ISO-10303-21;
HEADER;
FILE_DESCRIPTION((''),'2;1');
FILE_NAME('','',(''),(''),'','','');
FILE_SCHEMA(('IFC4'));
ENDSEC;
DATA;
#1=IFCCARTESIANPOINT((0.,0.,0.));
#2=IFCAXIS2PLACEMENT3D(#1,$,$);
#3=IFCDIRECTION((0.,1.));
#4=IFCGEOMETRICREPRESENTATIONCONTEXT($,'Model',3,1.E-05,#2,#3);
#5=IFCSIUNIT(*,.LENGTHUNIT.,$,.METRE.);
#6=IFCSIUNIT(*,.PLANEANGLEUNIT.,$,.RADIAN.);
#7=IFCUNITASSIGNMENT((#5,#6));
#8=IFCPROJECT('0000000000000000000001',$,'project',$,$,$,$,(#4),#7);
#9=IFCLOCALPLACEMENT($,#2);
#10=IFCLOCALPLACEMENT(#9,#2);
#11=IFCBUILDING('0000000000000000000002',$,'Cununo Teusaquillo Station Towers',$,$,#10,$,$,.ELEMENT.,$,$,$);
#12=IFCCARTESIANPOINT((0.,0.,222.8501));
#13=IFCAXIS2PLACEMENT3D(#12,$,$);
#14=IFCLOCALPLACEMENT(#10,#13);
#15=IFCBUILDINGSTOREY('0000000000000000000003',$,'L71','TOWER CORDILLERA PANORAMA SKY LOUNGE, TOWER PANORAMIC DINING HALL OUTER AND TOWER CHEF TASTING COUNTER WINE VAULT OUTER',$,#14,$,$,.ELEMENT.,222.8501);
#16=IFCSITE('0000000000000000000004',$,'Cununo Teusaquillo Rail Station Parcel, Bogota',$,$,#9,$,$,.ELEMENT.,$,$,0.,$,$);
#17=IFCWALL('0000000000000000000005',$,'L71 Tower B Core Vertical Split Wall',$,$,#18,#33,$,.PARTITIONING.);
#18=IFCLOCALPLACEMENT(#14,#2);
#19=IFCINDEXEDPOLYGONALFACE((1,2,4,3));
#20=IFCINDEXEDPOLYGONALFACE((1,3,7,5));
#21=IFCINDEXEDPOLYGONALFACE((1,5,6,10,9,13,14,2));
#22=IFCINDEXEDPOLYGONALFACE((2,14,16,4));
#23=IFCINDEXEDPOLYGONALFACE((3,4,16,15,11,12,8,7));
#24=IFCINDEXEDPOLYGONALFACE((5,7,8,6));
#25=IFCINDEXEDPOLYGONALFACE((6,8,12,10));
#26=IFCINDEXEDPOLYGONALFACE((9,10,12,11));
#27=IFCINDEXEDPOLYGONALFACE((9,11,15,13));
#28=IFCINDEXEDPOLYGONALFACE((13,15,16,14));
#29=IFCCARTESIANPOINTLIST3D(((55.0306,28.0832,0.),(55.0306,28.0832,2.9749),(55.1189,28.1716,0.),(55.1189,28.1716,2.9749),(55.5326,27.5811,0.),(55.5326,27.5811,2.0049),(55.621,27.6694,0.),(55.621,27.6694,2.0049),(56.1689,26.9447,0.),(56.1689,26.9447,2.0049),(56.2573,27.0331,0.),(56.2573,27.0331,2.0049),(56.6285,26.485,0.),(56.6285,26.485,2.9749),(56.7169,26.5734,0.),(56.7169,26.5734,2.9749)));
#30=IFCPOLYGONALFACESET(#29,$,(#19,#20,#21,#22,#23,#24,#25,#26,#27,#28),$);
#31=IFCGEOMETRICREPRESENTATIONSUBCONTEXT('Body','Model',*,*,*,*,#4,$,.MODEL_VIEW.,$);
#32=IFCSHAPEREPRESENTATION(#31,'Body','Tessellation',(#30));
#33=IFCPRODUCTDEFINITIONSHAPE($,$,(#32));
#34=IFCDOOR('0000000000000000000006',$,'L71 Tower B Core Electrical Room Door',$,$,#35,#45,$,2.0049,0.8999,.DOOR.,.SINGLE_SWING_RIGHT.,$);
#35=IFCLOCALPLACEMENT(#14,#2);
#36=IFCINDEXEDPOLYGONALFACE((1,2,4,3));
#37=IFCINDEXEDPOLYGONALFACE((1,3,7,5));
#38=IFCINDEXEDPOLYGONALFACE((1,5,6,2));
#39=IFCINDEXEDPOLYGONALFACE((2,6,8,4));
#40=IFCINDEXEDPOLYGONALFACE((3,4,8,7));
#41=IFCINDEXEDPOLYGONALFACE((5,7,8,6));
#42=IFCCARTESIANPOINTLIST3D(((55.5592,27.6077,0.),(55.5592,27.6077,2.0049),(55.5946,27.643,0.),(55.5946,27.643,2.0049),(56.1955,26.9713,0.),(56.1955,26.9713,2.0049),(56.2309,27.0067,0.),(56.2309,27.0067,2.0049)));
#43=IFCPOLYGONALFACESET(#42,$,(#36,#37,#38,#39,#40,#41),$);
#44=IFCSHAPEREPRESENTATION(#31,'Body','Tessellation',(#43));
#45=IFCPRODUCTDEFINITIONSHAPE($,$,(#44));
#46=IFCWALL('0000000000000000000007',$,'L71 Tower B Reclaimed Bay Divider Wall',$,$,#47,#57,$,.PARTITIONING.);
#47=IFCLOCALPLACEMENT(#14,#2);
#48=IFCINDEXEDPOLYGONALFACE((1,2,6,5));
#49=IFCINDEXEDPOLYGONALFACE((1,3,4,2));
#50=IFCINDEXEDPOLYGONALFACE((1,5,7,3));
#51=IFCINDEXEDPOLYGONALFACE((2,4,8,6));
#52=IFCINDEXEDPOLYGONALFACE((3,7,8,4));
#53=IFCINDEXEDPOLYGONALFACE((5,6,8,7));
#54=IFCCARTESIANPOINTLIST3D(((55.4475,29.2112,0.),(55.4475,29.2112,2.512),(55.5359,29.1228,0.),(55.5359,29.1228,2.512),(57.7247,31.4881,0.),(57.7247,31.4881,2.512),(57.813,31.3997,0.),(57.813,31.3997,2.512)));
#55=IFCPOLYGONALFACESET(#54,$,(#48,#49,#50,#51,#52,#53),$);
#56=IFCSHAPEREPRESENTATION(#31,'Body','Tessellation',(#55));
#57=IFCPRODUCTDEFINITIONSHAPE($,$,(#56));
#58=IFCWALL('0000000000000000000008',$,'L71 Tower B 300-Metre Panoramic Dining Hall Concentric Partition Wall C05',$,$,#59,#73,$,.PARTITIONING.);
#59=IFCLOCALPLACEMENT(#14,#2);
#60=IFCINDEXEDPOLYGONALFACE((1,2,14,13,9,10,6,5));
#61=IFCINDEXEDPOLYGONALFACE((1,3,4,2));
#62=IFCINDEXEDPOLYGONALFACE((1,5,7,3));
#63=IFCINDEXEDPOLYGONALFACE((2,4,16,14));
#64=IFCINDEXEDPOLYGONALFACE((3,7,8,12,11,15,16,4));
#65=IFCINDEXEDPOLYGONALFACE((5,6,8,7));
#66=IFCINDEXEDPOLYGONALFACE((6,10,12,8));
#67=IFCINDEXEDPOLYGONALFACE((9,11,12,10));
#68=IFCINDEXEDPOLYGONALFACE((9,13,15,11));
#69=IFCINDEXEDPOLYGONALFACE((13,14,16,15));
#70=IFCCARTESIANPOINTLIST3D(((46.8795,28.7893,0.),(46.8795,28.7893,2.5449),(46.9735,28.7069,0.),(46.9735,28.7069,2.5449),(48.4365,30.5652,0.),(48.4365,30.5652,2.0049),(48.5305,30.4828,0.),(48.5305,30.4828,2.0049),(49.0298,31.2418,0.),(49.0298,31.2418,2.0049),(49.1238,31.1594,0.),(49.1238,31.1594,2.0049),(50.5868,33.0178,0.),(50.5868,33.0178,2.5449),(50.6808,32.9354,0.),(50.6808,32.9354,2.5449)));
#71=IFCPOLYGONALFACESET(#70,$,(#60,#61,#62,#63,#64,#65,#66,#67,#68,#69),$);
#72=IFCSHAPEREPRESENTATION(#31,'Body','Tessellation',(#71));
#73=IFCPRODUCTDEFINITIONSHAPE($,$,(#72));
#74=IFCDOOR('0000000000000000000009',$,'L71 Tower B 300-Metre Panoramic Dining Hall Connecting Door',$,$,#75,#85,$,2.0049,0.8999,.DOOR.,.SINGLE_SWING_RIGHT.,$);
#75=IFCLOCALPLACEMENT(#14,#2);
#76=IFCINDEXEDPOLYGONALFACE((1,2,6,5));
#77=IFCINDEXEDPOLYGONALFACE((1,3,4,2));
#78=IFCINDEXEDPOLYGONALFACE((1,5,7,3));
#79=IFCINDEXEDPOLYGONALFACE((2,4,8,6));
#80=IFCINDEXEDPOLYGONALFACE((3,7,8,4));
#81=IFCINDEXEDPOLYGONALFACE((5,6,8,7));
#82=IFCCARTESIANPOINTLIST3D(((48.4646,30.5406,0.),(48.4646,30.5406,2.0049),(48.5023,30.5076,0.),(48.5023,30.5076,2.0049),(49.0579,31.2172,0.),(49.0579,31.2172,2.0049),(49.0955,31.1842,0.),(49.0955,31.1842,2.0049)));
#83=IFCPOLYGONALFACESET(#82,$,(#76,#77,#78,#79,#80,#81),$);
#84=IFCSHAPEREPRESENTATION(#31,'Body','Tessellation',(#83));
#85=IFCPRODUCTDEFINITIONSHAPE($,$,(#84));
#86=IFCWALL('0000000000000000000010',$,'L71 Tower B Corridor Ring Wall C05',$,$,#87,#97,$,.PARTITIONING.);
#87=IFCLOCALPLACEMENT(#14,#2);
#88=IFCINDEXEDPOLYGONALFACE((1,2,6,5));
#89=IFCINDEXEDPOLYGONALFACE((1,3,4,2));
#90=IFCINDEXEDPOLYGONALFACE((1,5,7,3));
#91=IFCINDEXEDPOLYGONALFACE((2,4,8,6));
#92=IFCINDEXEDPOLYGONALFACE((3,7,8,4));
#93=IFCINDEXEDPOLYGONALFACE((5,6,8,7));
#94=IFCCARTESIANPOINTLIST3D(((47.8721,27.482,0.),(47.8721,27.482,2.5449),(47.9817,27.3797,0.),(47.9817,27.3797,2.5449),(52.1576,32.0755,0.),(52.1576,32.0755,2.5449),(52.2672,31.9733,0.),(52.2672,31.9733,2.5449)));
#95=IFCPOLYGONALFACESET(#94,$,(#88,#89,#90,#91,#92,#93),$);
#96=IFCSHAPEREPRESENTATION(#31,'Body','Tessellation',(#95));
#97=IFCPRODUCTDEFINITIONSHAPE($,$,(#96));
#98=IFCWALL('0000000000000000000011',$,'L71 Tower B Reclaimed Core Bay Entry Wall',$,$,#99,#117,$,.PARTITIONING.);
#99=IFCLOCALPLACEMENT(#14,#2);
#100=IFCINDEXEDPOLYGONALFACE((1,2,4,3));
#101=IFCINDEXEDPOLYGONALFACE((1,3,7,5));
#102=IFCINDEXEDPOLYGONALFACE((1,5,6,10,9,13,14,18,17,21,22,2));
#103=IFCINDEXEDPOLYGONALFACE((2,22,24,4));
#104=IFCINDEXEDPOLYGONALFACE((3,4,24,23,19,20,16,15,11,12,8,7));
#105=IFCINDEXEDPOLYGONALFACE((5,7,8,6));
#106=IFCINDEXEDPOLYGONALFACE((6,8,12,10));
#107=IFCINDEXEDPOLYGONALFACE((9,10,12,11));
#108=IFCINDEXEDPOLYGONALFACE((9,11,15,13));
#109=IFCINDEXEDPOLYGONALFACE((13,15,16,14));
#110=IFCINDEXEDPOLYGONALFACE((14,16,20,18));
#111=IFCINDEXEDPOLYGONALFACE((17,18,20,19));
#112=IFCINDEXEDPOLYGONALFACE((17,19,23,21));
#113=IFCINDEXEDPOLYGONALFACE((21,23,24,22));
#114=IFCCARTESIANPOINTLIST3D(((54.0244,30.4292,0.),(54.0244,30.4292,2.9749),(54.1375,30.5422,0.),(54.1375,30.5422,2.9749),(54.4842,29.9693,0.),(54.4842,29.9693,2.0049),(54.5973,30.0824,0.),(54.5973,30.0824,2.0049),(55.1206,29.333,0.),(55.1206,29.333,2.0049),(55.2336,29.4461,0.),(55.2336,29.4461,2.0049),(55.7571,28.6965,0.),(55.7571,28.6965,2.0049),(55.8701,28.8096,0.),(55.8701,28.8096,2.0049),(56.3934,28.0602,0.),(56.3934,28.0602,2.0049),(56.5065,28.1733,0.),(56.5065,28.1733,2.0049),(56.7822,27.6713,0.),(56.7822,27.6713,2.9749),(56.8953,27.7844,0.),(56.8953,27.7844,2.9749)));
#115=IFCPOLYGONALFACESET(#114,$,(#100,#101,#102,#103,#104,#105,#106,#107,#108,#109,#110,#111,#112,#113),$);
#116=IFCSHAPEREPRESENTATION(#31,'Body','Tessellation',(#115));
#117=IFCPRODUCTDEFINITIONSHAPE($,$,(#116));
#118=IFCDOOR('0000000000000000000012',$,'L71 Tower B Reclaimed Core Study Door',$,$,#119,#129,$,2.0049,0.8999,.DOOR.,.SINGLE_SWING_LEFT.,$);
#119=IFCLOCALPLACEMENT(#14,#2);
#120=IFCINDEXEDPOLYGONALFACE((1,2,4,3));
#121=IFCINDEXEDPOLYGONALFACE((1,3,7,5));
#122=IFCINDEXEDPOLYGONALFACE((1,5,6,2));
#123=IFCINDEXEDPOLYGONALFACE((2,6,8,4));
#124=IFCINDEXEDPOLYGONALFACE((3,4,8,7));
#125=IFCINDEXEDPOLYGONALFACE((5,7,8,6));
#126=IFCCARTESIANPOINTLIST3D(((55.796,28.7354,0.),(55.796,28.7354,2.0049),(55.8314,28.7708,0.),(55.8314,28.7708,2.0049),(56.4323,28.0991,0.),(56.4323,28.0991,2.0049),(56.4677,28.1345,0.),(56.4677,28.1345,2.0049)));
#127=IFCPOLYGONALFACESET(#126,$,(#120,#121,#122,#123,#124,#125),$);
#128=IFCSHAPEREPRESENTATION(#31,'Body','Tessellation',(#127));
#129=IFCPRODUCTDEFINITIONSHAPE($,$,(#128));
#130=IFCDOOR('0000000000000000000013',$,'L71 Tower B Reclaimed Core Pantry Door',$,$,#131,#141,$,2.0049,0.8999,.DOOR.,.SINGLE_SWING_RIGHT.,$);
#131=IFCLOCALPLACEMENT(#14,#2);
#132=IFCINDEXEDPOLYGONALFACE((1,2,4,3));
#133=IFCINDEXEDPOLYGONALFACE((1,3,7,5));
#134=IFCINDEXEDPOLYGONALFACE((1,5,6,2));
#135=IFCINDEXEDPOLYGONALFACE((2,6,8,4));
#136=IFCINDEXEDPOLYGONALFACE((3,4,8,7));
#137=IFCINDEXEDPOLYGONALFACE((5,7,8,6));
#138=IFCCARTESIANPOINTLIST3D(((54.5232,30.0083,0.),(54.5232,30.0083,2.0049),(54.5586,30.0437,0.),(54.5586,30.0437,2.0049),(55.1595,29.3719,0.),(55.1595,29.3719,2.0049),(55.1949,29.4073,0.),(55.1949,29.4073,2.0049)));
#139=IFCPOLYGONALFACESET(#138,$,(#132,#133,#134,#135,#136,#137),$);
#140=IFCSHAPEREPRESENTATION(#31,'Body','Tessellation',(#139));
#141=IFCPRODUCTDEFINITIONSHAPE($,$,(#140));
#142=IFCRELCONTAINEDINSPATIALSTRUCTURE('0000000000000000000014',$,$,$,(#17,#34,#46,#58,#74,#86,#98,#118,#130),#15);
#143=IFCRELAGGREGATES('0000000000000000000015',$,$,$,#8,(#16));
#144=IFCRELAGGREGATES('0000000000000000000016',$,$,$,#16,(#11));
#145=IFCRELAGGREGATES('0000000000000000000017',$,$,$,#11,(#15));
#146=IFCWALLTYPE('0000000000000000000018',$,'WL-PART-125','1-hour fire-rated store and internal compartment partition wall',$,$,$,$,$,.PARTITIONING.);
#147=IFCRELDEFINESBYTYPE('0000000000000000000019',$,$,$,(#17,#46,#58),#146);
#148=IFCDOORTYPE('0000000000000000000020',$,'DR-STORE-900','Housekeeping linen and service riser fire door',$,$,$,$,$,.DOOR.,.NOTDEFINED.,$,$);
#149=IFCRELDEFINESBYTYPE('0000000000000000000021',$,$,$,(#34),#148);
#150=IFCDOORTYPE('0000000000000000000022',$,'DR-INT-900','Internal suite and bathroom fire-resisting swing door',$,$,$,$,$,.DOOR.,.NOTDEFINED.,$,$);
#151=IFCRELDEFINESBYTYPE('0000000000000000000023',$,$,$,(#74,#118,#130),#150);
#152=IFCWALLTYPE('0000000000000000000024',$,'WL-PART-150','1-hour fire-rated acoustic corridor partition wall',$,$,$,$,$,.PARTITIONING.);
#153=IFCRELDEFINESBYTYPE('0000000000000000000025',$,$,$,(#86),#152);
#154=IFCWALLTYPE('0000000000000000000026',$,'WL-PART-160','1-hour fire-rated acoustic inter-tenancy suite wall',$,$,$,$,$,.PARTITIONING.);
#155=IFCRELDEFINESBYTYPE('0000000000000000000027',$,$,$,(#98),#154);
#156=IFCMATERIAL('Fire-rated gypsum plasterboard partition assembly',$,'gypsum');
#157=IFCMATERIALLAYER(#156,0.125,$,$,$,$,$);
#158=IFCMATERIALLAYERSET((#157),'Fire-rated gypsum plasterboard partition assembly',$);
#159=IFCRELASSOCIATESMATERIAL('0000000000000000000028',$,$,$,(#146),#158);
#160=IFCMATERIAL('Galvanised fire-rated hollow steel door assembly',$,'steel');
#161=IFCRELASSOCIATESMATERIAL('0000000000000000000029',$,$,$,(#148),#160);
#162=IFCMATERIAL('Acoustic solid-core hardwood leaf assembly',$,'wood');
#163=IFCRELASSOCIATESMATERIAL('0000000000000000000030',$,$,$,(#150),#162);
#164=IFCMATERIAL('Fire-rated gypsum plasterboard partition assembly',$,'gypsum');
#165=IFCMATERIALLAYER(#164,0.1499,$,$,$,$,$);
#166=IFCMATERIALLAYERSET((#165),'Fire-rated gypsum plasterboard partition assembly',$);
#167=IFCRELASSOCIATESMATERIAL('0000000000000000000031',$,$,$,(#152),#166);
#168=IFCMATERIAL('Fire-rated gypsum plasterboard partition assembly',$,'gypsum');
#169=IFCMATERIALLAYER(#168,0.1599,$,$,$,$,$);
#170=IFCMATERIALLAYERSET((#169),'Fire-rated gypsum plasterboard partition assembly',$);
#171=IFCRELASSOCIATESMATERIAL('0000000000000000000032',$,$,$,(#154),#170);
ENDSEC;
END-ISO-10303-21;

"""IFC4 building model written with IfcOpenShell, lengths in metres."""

from ifc_helpers import new_model, si_unit, direction, frame, frame_2d, origin, place, context, subcontext, project, spatial, rectangle, extrude, source, transform, mapped, material, layer, layer_set, type_object, element, fill, save


model = new_model("IFC4")

# Units and contexts
model_context = context("Model", 3, precision=1e-05, world=origin(), true_north=direction((0.0, 1.0)))
body_context = subcontext(model_context, "Body", "Model", "MODEL_VIEW")
ifc_project = project(units=[si_unit("LENGTHUNIT", "METRE"), si_unit("PLANEANGLEUNIT", "RADIAN")], contexts=[model_context])

# Site, building, storey
site_placement = place(None, origin())
site = spatial("IfcSite", under=ifc_project, at=site_placement, Name="Cununo Teusaquillo Rail Station Parcel, Bogota", CompositionType="ELEMENT", RefElevation=0.0)
building_placement = place(site_placement, origin())
building = spatial("IfcBuilding", under=site, at=building_placement, Name="Cununo Teusaquillo Station Towers", CompositionType="ELEMENT")
storey_placement = place(building_placement, frame((0.0, 0.0, 222.8501)))
storey = spatial("IfcBuildingStorey", under=building, at=storey_placement, Name="L71", Description="TOWER CORDILLERA PANORAMA SKY LOUNGE, TOWER PANORAMIC DINING HALL OUTER AND TOWER CHEF TASTING COUNTER WINE VAULT OUTER", CompositionType="ELEMENT", Elevation=222.8501)

# Wall, opening, door
ifc_material_1 = material(Name="Fire-rated gypsum plasterboard partition assembly", Category="gypsum")
ifc_layer_1 = layer(ifc_material_1, 0.125)
ifc_layer_set_1 = layer_set([ifc_layer_1], Name="Fire-rated gypsum plasterboard partition assembly")
wall_type_1 = type_object("IfcWallType", Name="WL-PART-125", Description="1-hour fire-rated store and internal compartment partition wall", PredefinedType="PARTITIONING", material=ifc_layer_set_1)
wall_1_placement = place(storey_placement, frame((56.6726, 26.5293, 0.0), z_axis=(0.0, 0.0, 1.0), x_axis=(-0.707053, 0.707161, 0.0)))
wall_1 = element("IfcWall", 1, at=wall_1_placement, inside=storey, type_object=wall_type_1, Name="L71 Tower B Core Vertical Split Wall", PredefinedType="PARTITIONING", context=body_context, shape_type="SweptSolid", body=[
    extrude(rectangle(XDim=2.26, YDim=0.125, at=frame_2d((1.1299, 0.0))), origin(), (0.0, 0.0, 1.0), 2.9749),
])
shared_shape_1 = source(origin(), body_context, "Body", "SweptSolid", [
    extrude(rectangle(XDim=0.8999, YDim=2.0049, at=frame_2d((0.45, 1.0024))), frame((0.0, 0.0725, 0.0), z_axis=(0.0, -1.0, 0.0), x_axis=(1.0, 0.0, 0.0)), (0.0, 0.0, 1.0), 0.145),
])
opening_1_placement = place(wall_1_placement, frame((0.6499, 0.0, 0.0)))
opening_1 = element("IfcOpeningElement", 2, at=opening_1_placement, cuts=wall_1, PredefinedType="OPENING", context=body_context, shape_type="MappedRepresentation", body=[
    mapped(shared_shape_1, transform((0.0, 0.0, 0.0), x_axis=(1.0, 0.0, 0.0), y_axis=(0.0, 1.0, 0.0), z_axis=(0.0, 0.0, 1.0), scale=1.0)),
])
ifc_material_2 = material(Name="Galvanised fire-rated hollow steel door assembly", Category="steel")
door_type_1 = type_object("IfcDoorType", Name="DR-STORE-900", Description="Housekeeping linen and service riser fire door", OperationType="NOTDEFINED", PredefinedType="DOOR", material=ifc_material_2)
shared_shape_2 = source(origin(), body_context, "Body", "SweptSolid", [
    extrude(rectangle(XDim=0.8999, YDim=2.0049, at=frame_2d((0.45, 1.0024))), frame((0.0, 0.0249, 0.0), z_axis=(0.0, -1.0, 0.0), x_axis=(1.0, 0.0, 0.0)), (0.0, 0.0, 1.0), 0.05),
])
door_1_placement = place(opening_1_placement, origin())
door_1 = element("IfcDoor", 3, at=door_1_placement, inside=storey, type_object=door_type_1, Name="L71 Tower B Core Electrical Room Door", OperationType="SINGLE_SWING_RIGHT", OverallHeight=2.0049, OverallWidth=0.8999, PredefinedType="DOOR", context=body_context, shape_type="MappedRepresentation", body=[
    mapped(shared_shape_2, transform((0.0, 0.0, 0.0), x_axis=(1.0, 0.0, 0.0), y_axis=(0.0, 1.0, 0.0), z_axis=(0.0, 0.0, 1.0), scale=1.0)),
])
fill(opening_1, door_1)

# Wall
wall_2_placement = place(storey_placement, frame((55.4917, 29.167, 0.0), z_axis=(0.0, 0.0, 1.0), x_axis=(0.707145, 0.707069, 0.0)))
element("IfcWall", 4, at=wall_2_placement, inside=storey, type_object=wall_type_1, Name="L71 Tower B Reclaimed Bay Divider Wall", PredefinedType="PARTITIONING", context=body_context, shape_type="SweptSolid", body=[
    extrude(rectangle(XDim=3.2202, YDim=0.125, at=frame_2d((1.6101, 0.0))), origin(), (0.0, 0.0, 1.0), 2.512),
])

# Wall, opening, door
wall_3_placement = place(storey_placement, frame((50.6338, 32.9766, 0.0), z_axis=(0.0, 0.0, 1.0), x_axis=(-0.659242, -0.751931, 0.0)))
wall_3 = element("IfcWall", 5, at=wall_3_placement, inside=storey, type_object=wall_type_1, Name="L71 Tower B 300-Metre Panoramic Dining Hall Concentric Partition Wall C05", PredefinedType="PARTITIONING", context=body_context, shape_type="SweptSolid", body=[
    extrude(rectangle(XDim=5.6235, YDim=0.125, at=frame_2d((2.8118, 0.0))), origin(), (0.0, 0.0, 1.0), 2.5449),
])
opening_2_placement = place(wall_3_placement, frame((2.3618, 0.0, 0.0)))
opening_2 = element("IfcOpeningElement", 6, at=opening_2_placement, cuts=wall_3, PredefinedType="OPENING", context=body_context, shape_type="MappedRepresentation", body=[
    mapped(shared_shape_1, transform((0.0, 0.0, 0.0), x_axis=(1.0, 0.0, 0.0), y_axis=(0.0, 1.0, 0.0), z_axis=(0.0, 0.0, 1.0), scale=1.0)),
])
ifc_material_3 = material(Name="Acoustic solid-core hardwood leaf assembly", Category="wood")
door_type_2 = type_object("IfcDoorType", Name="DR-INT-900", Description="Internal suite and bathroom fire-resisting swing door", OperationType="NOTDEFINED", PredefinedType="DOOR", material=ifc_material_3)
door_2_placement = place(opening_2_placement, origin())
door_2 = element("IfcDoor", 7, at=door_2_placement, inside=storey, type_object=door_type_2, Name="L71 Tower B 300-Metre Panoramic Dining Hall Connecting Door", OperationType="SINGLE_SWING_RIGHT", OverallHeight=2.0049, OverallWidth=0.8999, PredefinedType="DOOR", context=body_context, shape_type="MappedRepresentation", body=[
    mapped(shared_shape_2, transform((0.0, 0.0, 0.0), x_axis=(1.0, 0.0, 0.0), y_axis=(0.0, 1.0, 0.0), z_axis=(0.0, 0.0, 1.0), scale=1.0)),
])
fill(opening_2, door_2)

# Wall
ifc_material_4 = material(Name="Fire-rated gypsum plasterboard partition assembly", Category="gypsum")
ifc_layer_2 = layer(ifc_material_4, 0.1499)
ifc_layer_set_2 = layer_set([ifc_layer_2], Name="Fire-rated gypsum plasterboard partition assembly")
wall_type_2 = type_object("IfcWallType", Name="WL-PART-150", Description="1-hour fire-rated acoustic corridor partition wall", PredefinedType="PARTITIONING", material=ifc_layer_set_2)
wall_4_placement = place(storey_placement, frame((52.2124, 32.0244, 0.0), z_axis=(0.0, 0.0, 1.0), x_axis=(-0.682159, -0.731204, 0.0)))
element("IfcWall", 8, at=wall_4_placement, inside=storey, type_object=wall_type_2, Name="L71 Tower B Corridor Ring Wall C05", PredefinedType="PARTITIONING", context=body_context, shape_type="SweptSolid", body=[
    extrude(rectangle(XDim=6.2822, YDim=0.1499, at=frame_2d((3.1411, 0.0))), origin(), (0.0, 0.0, 1.0), 2.5449),
])

# Wall, openings, doors
ifc_material_5 = material(Name="Fire-rated gypsum plasterboard partition assembly", Category="gypsum")
ifc_layer_3 = layer(ifc_material_5, 0.1599)
ifc_layer_set_3 = layer_set([ifc_layer_3], Name="Fire-rated gypsum plasterboard partition assembly")
wall_type_3 = type_object("IfcWallType", Name="WL-PART-160", Description="1-hour fire-rated acoustic inter-tenancy suite wall", PredefinedType="PARTITIONING", material=ifc_layer_set_3)
wall_5_placement = place(storey_placement, frame((56.8389, 27.7278, 0.0), z_axis=(0.0, 0.0, 1.0), x_axis=(-0.707107, 0.707107, 0.0)))
wall_5 = element("IfcWall", 9, at=wall_5_placement, inside=storey, type_object=wall_type_3, Name="L71 Tower B Reclaimed Core Bay Entry Wall", PredefinedType="PARTITIONING", context=body_context, shape_type="SweptSolid", body=[
    extrude(rectangle(XDim=3.9001, YDim=0.1599, at=frame_2d((1.9502, 0.0))), origin(), (0.0, 0.0, 1.0), 2.9749),
])
shared_shape_3 = source(origin(), body_context, "Body", "SweptSolid", [
    extrude(rectangle(XDim=0.8999, YDim=2.0049, at=frame_2d((0.45, 1.0024))), frame((0.0, 0.0898, 0.0), z_axis=(0.0, -1.0, 0.0), x_axis=(1.0, 0.0, 0.0)), (0.0, 0.0, 1.0), 0.1799),
])
opening_3_placement = place(wall_5_placement, frame((0.55, 0.0, 0.0)))
opening_3 = element("IfcOpeningElement", 10, at=opening_3_placement, cuts=wall_5, PredefinedType="OPENING", context=body_context, shape_type="MappedRepresentation", body=[
    mapped(shared_shape_3, transform((0.0, 0.0, 0.0), x_axis=(1.0, 0.0, 0.0), y_axis=(0.0, 1.0, 0.0), z_axis=(0.0, 0.0, 1.0), scale=1.0)),
])
opening_4_placement = place(wall_5_placement, frame((2.3501, 0.0, 0.0)))
opening_4 = element("IfcOpeningElement", 11, at=opening_4_placement, cuts=wall_5, PredefinedType="OPENING", context=body_context, shape_type="MappedRepresentation", body=[
    mapped(shared_shape_3, transform((0.0, 0.0, 0.0), x_axis=(1.0, 0.0, 0.0), y_axis=(0.0, 1.0, 0.0), z_axis=(0.0, 0.0, 1.0), scale=1.0)),
])
door_3_placement = place(opening_3_placement, origin())
door_3 = element("IfcDoor", 12, at=door_3_placement, inside=storey, type_object=door_type_2, Name="L71 Tower B Reclaimed Core Study Door", OperationType="SINGLE_SWING_LEFT", OverallHeight=2.0049, OverallWidth=0.8999, PredefinedType="DOOR", context=body_context, shape_type="MappedRepresentation", body=[
    mapped(shared_shape_2, transform((0.0, 0.0, 0.0), x_axis=(1.0, 0.0, 0.0), y_axis=(0.0, 1.0, 0.0), z_axis=(0.0, 0.0, 1.0), scale=1.0)),
])
fill(opening_3, door_3)
door_4_placement = place(opening_4_placement, origin())
door_4 = element("IfcDoor", 13, at=door_4_placement, inside=storey, type_object=door_type_2, Name="L71 Tower B Reclaimed Core Pantry Door", OperationType="SINGLE_SWING_RIGHT", OverallHeight=2.0049, OverallWidth=0.8999, PredefinedType="DOOR", context=body_context, shape_type="MappedRepresentation", body=[
    mapped(shared_shape_2, transform((0.0, 0.0, 0.0), x_axis=(1.0, 0.0, 0.0), y_axis=(0.0, 1.0, 0.0), z_axis=(0.0, 0.0, 1.0), scale=1.0)),
])
fill(opening_4, door_4)

save(model, "model.ifc")
